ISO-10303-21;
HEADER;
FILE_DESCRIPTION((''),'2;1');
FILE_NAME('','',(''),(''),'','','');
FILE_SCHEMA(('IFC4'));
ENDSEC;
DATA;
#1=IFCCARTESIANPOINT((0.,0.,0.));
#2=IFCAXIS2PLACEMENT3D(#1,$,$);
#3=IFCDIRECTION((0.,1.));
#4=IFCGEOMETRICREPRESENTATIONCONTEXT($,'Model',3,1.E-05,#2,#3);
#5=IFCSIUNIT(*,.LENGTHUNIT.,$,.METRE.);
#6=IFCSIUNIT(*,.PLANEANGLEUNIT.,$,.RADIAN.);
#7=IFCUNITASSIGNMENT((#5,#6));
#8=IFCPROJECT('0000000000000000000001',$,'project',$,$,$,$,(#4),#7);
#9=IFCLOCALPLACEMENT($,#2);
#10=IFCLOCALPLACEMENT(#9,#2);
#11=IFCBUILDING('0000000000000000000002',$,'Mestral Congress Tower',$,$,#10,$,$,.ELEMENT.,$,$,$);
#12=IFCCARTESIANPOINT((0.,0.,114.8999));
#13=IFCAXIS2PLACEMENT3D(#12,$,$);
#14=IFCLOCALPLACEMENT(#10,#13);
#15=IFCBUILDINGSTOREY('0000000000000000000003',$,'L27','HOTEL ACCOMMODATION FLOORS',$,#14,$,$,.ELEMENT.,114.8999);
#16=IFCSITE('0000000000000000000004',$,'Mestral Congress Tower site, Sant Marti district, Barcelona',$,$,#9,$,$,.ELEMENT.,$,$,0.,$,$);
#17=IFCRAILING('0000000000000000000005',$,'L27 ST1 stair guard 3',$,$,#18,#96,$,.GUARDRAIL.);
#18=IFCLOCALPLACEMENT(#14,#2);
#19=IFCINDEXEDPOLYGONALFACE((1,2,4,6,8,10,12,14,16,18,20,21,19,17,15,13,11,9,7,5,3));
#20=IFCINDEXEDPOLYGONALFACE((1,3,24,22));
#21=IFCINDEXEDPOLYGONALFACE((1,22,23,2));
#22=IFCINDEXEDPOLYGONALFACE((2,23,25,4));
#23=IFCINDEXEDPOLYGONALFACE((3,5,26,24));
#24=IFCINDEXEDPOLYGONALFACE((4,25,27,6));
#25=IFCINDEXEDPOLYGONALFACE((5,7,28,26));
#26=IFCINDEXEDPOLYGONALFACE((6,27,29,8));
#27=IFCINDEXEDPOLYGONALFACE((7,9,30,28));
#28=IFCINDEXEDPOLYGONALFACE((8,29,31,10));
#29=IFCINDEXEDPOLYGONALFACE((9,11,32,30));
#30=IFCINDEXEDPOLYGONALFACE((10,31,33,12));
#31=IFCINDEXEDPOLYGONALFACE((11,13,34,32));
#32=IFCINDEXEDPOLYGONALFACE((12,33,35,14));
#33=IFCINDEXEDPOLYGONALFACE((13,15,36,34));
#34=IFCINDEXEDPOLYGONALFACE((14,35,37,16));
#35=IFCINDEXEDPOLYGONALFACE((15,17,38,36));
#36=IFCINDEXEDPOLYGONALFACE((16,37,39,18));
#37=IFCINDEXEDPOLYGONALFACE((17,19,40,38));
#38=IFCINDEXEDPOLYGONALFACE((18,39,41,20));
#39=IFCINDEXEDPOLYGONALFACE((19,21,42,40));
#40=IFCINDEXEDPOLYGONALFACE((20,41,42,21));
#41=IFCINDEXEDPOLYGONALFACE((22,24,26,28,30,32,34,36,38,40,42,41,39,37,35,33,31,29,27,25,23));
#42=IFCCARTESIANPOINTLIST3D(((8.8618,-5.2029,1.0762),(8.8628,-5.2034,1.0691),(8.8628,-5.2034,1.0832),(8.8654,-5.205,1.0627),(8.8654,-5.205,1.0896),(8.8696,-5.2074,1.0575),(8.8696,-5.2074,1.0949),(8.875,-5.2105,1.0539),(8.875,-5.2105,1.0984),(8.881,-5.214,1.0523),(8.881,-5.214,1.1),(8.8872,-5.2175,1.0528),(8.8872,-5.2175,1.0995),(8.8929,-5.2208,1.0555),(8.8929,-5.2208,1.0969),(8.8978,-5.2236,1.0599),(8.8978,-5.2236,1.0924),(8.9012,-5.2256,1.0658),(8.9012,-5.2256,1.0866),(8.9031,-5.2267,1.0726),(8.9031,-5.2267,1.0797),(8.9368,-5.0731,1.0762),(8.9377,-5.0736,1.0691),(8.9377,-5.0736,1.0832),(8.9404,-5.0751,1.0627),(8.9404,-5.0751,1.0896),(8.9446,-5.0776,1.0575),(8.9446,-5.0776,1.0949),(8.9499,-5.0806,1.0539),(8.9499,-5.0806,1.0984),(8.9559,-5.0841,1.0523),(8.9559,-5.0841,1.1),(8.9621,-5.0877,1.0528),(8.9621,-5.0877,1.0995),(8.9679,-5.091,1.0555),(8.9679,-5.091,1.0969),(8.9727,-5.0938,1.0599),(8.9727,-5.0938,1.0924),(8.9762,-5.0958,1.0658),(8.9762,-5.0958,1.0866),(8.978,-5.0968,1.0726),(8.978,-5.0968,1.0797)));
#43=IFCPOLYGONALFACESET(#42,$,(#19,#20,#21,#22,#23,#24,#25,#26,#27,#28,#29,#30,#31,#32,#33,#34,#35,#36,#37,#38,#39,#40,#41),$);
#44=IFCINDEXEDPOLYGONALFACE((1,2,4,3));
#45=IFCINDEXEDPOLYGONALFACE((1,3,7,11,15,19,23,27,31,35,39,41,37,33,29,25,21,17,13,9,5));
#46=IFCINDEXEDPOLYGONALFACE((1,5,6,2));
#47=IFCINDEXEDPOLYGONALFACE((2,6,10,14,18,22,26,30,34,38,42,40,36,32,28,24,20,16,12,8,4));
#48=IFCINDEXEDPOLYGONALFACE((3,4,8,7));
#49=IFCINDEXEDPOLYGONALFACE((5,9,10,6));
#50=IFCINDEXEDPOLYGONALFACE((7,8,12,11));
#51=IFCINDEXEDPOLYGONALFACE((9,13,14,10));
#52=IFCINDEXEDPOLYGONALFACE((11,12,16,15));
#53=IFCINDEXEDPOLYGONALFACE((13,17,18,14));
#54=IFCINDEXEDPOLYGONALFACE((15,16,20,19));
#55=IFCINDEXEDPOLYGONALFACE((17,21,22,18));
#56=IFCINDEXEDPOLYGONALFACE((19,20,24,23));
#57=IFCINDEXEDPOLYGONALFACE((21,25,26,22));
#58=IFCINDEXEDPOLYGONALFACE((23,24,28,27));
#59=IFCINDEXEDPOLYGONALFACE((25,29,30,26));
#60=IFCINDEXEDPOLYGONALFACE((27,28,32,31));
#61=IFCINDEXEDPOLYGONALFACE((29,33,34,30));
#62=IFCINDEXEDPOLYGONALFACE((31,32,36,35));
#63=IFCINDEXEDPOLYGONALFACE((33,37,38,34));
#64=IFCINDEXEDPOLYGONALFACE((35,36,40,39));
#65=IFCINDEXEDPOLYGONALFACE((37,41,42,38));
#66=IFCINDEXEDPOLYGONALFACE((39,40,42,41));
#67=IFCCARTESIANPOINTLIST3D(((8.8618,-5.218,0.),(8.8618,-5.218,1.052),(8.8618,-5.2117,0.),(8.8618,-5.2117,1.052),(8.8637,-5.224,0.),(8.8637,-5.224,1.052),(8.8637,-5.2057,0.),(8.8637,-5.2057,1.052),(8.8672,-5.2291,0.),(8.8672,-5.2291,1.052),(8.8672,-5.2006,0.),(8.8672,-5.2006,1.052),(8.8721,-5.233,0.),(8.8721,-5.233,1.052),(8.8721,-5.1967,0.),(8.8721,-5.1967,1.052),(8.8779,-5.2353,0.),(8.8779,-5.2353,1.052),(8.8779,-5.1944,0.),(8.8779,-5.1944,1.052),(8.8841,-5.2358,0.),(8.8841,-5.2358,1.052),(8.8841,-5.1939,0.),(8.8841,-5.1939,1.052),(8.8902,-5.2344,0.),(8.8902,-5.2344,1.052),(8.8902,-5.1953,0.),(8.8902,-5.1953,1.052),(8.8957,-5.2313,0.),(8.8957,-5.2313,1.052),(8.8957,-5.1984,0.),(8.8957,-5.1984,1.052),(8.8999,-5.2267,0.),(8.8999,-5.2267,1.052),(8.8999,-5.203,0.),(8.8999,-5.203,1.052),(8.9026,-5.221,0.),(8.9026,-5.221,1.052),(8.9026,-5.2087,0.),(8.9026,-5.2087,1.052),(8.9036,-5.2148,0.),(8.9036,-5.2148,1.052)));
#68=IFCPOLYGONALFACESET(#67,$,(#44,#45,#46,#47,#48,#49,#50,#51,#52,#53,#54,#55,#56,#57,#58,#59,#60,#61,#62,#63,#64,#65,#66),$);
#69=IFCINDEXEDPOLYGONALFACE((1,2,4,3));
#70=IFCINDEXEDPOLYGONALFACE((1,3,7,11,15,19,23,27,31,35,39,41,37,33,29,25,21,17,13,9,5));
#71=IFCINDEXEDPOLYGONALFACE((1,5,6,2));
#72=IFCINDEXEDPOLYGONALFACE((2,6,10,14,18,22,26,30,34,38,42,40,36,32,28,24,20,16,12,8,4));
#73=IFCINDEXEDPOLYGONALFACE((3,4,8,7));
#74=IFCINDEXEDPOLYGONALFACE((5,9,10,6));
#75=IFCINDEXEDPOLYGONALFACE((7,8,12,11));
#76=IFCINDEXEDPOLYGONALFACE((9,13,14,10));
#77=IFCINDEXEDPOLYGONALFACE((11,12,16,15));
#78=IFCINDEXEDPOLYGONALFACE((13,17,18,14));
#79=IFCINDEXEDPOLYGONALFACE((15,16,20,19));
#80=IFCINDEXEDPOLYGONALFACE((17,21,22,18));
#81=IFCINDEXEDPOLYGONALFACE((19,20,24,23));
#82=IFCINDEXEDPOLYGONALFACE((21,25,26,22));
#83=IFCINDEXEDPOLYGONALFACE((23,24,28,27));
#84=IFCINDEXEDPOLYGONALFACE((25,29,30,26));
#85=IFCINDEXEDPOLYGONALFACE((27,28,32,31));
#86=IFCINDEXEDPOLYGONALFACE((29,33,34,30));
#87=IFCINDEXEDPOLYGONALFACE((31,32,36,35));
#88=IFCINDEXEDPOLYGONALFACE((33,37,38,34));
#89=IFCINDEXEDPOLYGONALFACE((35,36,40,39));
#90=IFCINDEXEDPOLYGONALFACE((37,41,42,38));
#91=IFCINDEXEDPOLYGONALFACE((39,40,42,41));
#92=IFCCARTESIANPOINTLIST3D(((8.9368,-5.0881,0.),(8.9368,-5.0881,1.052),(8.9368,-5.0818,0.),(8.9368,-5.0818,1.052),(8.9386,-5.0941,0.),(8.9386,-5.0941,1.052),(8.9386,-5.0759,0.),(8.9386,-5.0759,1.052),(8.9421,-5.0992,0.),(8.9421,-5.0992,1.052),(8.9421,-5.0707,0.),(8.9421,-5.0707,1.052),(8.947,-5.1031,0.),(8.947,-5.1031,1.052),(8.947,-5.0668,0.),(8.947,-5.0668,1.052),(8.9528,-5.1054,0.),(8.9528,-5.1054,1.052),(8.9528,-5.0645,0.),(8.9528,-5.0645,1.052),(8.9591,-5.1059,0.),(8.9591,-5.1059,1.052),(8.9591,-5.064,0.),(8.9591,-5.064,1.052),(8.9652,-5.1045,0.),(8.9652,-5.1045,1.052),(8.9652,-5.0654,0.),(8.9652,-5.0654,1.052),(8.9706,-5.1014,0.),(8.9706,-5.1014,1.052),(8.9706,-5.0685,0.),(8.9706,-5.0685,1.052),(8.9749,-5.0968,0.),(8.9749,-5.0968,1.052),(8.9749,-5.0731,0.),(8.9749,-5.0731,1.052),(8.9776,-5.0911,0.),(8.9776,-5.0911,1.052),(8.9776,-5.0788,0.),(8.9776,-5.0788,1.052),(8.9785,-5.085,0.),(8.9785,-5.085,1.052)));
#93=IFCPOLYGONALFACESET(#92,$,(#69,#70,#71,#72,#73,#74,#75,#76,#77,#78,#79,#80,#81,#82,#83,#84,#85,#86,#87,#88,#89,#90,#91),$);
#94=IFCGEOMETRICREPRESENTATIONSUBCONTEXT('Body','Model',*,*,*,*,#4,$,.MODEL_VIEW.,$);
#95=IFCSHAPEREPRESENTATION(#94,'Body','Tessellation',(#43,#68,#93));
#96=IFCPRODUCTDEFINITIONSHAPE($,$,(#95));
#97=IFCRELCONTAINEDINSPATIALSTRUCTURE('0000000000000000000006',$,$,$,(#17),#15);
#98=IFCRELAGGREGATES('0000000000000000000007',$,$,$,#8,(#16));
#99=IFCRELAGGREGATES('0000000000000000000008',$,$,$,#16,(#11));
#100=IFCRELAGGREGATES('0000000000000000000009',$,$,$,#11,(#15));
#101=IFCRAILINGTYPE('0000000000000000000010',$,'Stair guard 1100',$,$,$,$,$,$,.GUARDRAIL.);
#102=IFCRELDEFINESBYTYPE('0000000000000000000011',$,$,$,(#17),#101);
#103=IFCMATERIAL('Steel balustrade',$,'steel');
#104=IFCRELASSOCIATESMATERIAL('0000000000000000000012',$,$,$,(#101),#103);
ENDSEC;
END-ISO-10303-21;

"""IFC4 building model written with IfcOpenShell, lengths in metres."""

from ifc_helpers import new_model, si_unit, direction, frame, origin, origin_2d, place, context, subcontext, project, spatial, circle, extrude, material, type_object, element, save


model = new_model("IFC4")

# Units and contexts
model_context = context("Model", 3, precision=1e-05, world=origin(), true_north=direction((0.0, 1.0)))
body_context = subcontext(model_context, "Body", "Model", "MODEL_VIEW")
ifc_project = project(units=[si_unit("LENGTHUNIT", "METRE"), si_unit("PLANEANGLEUNIT", "RADIAN")], contexts=[model_context])

# Site, building, storey
site_placement = place(None, origin())
site = spatial("IfcSite", under=ifc_project, at=site_placement, Name="Mestral Congress Tower site, Sant Marti district, Barcelona", CompositionType="ELEMENT", RefElevation=0.0)
building_placement = place(site_placement, origin())
building = spatial("IfcBuilding", under=site, at=building_placement, Name="Mestral Congress Tower", CompositionType="ELEMENT")
storey_placement = place(building_placement, frame((0.0, 0.0, 114.8999)))
storey = spatial("IfcBuildingStorey", under=building, at=storey_placement, Name="L27", Description="HOTEL ACCOMMODATION FLOORS", CompositionType="ELEMENT", Elevation=114.8999)

# Railing
ifc_material_1 = material(Name="Steel balustrade", Category="steel")
railing_type_1 = type_object("IfcRailingType", Name="Stair guard 1100", PredefinedType="GUARDRAIL", material=ifc_material_1)
railing_1_placement = place(storey_placement, frame((8.8826, -5.2148, 0.0)))
element("IfcRailing", 1, at=railing_1_placement, inside=storey, type_object=railing_type_1, Name="L27 ST1 stair guard 3", PredefinedType="GUARDRAIL", context=body_context, shape_type="SweptSolid", body=[
    extrude(circle(Radius=0.0239, at=origin_2d()), frame((0.0, 0.0, 1.0762), z_axis=(0.499816, 0.866131, 0.0), x_axis=(-0.866131, 0.499816, 0.0)), (0.0, 0.0, 1.0), 0.1499),
    extrude(circle(Radius=0.021, at=origin_2d()), origin(), (0.0, 0.0, 1.0), 1.052),
    extrude(circle(Radius=0.021, at=origin_2d()), frame((0.075, 0.1299, 0.0)), (0.0, 0.0, 1.0), 1.052),
])

save(model, "model.ifc")
